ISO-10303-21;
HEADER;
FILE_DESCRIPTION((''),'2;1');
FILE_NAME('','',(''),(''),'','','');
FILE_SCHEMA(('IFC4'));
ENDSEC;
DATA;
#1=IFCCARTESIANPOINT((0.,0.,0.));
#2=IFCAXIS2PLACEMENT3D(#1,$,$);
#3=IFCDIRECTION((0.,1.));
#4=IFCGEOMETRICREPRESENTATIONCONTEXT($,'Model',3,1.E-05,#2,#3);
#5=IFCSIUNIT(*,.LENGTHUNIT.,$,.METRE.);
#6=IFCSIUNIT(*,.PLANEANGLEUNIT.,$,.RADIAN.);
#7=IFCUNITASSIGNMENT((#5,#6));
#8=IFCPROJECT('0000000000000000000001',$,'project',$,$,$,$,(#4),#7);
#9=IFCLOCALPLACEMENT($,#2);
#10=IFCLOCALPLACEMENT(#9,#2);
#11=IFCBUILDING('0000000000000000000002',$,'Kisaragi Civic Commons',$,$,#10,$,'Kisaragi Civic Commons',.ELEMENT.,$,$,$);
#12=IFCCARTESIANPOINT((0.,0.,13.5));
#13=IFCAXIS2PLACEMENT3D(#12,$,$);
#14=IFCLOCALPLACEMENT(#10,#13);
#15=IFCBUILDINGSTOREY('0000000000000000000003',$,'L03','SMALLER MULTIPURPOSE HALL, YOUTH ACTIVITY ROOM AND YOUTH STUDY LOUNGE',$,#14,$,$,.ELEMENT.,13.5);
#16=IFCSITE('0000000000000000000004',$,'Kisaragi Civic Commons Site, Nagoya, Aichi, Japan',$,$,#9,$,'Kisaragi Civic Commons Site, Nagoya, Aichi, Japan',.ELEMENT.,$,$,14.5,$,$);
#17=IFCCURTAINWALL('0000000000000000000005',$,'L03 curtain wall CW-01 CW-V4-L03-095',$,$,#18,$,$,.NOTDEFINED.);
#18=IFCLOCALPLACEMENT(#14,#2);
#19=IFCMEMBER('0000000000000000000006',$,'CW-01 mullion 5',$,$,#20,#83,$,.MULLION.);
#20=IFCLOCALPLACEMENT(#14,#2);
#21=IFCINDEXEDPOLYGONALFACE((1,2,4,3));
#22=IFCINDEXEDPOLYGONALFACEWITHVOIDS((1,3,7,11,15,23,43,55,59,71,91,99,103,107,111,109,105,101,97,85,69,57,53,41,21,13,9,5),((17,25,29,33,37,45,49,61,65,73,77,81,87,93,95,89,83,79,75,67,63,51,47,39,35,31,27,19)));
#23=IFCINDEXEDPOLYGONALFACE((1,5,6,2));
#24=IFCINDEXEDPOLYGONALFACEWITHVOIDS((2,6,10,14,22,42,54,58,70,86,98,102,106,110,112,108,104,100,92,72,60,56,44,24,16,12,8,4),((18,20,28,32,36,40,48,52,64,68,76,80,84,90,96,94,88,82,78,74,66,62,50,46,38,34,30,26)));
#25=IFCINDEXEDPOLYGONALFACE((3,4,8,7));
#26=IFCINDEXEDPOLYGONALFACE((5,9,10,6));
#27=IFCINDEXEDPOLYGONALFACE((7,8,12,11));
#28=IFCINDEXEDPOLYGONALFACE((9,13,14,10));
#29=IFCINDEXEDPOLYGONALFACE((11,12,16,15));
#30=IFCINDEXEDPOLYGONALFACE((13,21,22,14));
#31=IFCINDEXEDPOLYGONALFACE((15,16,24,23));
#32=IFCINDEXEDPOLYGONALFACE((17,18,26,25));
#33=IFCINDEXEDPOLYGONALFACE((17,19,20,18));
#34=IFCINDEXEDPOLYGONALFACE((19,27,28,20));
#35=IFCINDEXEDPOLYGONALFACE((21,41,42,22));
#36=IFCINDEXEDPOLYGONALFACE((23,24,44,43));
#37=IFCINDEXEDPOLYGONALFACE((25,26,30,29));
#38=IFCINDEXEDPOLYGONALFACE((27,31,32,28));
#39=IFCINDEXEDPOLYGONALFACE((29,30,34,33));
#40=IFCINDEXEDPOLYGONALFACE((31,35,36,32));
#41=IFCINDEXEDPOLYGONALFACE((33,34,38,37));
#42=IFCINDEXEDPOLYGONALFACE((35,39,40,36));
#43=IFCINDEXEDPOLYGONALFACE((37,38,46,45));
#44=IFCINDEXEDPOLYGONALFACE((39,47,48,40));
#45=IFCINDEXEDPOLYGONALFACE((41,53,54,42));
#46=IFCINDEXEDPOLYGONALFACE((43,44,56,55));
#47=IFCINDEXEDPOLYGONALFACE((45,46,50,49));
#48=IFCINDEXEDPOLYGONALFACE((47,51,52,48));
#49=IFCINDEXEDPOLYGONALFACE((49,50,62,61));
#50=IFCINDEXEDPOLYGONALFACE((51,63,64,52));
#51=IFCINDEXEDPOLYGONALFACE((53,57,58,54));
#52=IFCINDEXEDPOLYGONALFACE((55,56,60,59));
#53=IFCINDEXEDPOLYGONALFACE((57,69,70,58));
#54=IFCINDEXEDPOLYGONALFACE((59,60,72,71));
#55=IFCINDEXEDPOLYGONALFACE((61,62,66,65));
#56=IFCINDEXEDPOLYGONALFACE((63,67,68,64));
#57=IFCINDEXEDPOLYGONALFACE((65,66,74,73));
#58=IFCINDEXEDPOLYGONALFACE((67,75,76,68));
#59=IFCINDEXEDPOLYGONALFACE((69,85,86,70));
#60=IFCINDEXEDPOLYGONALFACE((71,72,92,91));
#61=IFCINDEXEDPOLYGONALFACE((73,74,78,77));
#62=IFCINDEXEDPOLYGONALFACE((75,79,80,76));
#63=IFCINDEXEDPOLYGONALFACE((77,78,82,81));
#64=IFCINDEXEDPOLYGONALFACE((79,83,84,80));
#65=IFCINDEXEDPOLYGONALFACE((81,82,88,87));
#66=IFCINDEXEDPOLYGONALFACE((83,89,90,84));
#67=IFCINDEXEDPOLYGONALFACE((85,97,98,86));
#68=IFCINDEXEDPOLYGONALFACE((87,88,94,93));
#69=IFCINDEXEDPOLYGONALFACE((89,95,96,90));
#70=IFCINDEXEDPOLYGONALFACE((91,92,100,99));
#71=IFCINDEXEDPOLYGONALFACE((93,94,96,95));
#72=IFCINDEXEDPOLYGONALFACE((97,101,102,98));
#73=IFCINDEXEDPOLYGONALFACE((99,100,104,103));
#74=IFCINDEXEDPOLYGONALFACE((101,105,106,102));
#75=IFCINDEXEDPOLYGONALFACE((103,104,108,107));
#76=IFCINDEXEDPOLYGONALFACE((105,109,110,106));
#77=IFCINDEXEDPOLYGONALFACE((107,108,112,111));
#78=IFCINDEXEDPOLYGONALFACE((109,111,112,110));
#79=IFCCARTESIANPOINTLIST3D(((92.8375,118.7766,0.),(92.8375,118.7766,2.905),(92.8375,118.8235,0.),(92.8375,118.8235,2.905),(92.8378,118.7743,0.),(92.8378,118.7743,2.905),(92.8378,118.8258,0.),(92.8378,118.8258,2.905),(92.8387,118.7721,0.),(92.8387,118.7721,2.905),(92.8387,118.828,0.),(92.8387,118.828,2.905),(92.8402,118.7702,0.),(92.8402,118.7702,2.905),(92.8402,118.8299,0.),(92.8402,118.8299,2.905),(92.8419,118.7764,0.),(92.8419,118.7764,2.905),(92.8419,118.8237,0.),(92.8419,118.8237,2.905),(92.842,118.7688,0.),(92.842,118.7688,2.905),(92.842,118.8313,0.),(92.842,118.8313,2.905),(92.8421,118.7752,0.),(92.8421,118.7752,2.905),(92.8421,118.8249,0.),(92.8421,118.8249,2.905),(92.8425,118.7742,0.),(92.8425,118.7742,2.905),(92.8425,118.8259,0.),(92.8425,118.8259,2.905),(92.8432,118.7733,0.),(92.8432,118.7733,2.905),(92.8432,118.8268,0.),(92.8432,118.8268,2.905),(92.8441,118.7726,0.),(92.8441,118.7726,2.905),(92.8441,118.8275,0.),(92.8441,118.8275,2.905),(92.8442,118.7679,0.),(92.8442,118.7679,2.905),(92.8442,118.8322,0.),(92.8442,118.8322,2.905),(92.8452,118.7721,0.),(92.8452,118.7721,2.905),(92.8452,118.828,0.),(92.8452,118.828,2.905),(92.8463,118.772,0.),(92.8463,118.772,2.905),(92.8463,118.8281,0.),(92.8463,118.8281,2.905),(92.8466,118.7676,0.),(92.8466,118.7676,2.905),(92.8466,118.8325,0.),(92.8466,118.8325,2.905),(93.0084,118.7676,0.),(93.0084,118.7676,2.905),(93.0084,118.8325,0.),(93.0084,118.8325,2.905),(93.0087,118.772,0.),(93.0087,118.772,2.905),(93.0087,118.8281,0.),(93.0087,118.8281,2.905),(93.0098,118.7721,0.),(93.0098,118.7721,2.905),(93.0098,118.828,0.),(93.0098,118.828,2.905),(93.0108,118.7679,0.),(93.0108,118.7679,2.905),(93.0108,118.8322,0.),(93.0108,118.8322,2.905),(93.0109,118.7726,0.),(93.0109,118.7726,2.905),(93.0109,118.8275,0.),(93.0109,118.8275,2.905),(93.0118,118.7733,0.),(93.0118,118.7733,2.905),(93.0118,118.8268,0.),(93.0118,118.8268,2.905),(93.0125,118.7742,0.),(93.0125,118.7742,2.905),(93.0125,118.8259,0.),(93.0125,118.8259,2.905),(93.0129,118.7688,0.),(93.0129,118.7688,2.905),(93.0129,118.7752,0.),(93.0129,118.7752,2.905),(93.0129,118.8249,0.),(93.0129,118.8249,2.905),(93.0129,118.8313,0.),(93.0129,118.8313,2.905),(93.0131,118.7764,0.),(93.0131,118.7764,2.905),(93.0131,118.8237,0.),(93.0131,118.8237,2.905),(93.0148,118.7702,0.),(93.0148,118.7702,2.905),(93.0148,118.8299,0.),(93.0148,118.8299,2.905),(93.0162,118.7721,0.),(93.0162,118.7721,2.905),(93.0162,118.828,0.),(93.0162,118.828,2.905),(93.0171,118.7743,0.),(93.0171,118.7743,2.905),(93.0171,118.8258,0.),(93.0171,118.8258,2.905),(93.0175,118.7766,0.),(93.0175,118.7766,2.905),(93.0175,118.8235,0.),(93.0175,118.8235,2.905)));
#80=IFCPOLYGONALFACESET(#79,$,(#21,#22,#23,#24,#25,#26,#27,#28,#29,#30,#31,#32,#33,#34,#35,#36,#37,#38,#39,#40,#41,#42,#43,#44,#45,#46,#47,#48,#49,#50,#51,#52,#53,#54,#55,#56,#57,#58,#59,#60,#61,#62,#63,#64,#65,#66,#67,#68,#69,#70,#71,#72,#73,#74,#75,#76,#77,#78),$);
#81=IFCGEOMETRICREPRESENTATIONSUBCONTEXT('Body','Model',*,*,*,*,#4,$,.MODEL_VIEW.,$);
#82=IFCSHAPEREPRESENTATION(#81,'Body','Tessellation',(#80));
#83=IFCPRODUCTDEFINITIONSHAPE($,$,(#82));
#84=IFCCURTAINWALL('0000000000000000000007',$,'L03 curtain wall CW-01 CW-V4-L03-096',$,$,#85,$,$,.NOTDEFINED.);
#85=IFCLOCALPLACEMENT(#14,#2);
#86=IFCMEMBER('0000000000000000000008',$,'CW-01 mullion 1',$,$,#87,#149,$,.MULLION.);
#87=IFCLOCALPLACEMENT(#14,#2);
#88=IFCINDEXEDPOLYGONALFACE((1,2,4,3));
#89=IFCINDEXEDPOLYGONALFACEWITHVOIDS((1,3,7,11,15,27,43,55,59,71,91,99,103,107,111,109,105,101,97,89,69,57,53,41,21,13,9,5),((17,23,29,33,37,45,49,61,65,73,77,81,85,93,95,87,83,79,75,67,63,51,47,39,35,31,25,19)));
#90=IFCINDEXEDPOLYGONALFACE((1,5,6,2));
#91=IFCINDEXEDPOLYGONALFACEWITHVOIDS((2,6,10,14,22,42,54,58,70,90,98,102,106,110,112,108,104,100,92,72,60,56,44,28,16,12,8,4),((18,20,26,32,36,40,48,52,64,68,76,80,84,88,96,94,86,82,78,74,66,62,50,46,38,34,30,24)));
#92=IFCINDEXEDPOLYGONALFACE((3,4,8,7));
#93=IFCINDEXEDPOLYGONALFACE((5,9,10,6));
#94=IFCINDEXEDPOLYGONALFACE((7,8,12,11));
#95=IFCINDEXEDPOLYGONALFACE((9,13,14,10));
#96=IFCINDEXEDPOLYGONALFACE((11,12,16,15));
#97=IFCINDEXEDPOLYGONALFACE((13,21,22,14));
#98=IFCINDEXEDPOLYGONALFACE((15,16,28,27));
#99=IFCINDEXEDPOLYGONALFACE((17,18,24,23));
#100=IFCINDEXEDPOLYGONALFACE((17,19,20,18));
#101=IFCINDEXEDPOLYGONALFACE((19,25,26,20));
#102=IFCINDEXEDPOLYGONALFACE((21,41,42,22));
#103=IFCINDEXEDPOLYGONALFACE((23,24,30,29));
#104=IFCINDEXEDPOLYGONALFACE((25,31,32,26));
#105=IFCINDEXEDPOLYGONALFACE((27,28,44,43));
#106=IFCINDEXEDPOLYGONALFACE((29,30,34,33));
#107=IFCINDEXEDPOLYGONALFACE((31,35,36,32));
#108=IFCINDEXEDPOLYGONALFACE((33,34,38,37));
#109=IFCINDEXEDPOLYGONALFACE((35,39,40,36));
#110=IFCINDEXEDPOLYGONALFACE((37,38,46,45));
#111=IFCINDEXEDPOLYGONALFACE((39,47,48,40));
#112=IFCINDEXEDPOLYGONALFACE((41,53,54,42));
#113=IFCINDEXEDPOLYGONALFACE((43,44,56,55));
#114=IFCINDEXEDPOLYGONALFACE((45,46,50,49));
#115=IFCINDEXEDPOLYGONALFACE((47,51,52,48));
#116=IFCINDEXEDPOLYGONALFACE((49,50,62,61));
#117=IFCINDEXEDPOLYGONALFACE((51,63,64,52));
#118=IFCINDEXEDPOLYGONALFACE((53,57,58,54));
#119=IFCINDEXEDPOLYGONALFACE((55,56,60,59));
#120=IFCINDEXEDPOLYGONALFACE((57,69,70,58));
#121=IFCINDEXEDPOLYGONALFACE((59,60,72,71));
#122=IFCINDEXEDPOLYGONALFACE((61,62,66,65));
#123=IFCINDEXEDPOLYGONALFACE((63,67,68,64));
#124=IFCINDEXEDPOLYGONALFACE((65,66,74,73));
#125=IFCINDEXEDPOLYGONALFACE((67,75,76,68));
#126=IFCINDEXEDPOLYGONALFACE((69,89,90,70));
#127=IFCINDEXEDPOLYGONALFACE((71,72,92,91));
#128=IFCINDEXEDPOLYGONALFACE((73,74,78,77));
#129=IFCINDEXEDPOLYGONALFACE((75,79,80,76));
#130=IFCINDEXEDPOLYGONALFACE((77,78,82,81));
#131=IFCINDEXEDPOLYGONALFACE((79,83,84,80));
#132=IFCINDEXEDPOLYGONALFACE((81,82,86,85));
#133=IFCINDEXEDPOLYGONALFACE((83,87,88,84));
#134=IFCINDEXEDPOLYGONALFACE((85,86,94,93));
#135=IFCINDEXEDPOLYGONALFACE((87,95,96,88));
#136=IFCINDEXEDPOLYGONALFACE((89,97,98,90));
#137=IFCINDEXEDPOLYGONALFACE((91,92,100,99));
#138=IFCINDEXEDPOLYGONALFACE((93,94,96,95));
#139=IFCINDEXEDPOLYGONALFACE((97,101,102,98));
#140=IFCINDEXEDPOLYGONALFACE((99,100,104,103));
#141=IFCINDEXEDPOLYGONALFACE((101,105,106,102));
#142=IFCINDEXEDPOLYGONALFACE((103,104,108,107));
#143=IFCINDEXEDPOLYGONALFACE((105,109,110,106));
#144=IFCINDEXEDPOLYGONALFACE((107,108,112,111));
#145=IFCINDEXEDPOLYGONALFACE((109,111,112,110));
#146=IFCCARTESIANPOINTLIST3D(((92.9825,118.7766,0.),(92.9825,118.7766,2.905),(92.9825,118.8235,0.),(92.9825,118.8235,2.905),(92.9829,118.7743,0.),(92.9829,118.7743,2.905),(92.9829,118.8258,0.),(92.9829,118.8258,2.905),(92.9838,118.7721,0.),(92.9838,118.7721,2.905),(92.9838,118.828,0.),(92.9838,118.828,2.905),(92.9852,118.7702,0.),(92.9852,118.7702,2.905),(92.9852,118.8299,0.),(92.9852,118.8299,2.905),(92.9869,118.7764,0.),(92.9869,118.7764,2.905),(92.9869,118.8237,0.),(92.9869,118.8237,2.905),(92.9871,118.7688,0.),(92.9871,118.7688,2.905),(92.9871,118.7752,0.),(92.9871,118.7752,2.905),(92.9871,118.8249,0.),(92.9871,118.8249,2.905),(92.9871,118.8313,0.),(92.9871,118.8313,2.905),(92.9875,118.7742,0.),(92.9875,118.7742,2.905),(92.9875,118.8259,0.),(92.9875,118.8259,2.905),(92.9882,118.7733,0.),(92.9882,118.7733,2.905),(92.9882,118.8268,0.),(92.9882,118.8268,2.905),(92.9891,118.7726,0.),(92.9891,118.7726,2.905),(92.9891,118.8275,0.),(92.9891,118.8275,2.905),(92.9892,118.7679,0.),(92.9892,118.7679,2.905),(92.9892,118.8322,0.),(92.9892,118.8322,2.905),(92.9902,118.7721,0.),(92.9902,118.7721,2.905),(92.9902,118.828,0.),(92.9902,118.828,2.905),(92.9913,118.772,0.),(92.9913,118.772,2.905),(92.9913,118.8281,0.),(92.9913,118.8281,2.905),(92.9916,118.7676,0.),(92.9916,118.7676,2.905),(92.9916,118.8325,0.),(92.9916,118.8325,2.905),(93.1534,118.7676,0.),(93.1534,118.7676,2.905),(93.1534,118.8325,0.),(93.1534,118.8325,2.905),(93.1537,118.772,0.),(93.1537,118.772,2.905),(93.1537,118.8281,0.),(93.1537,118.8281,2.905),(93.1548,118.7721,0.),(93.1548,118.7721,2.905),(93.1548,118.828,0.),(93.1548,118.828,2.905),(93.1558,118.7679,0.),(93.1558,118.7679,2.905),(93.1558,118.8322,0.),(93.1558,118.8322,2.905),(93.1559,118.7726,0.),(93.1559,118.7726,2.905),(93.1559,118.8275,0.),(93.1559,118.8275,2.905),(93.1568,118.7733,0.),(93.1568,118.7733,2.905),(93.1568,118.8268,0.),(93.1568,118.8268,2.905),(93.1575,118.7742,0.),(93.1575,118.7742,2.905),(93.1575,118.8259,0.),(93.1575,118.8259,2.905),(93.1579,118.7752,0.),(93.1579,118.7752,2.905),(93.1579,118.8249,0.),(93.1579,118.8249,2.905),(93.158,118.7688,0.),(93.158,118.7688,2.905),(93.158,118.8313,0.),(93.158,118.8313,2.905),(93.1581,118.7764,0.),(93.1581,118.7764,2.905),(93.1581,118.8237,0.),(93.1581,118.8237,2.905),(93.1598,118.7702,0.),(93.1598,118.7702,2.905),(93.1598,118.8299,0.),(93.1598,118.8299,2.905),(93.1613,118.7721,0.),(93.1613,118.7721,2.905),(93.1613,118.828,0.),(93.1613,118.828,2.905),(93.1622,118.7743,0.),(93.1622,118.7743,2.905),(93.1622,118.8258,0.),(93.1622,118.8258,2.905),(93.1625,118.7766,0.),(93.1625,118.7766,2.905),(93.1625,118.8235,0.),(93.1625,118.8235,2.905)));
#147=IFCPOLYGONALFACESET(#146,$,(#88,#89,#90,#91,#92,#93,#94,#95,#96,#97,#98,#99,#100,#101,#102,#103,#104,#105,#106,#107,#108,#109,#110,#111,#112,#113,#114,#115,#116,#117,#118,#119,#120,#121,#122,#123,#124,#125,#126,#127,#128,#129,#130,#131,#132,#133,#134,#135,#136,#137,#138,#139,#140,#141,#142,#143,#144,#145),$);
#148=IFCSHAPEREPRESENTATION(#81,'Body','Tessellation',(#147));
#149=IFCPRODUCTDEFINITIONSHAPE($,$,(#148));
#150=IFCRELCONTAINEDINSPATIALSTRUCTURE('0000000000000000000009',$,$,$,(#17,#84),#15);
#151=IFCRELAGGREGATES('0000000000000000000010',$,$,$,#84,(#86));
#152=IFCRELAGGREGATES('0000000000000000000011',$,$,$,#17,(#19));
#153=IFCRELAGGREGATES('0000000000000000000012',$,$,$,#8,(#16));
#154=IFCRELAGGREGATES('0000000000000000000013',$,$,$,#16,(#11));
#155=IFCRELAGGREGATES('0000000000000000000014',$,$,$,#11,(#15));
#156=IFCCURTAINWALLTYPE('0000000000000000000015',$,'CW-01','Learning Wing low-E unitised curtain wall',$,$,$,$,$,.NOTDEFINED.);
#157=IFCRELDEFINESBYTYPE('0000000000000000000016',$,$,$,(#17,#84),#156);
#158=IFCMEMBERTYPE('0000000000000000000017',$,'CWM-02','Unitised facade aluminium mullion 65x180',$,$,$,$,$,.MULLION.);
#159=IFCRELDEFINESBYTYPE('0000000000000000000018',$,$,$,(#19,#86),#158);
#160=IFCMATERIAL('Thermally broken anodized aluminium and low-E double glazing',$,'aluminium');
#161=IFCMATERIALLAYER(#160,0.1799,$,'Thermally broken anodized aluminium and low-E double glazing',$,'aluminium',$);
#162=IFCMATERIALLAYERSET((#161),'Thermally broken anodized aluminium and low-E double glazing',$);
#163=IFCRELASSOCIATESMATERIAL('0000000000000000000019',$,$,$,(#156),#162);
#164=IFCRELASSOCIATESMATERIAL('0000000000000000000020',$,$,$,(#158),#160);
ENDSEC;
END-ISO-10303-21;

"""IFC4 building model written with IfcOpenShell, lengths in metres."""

from ifc_helpers import new_model, si_unit, direction, frame, origin, origin_2d, place, context, subcontext, project, spatial, hollow_rectangle, extrude, material, layer, layer_set, material_profile, profile_set, type_object, element, aggregate, save


model = new_model("IFC4")

# Units and contexts
model_context = context("Model", 3, precision=1e-05, world=origin(), true_north=direction((0.0, 1.0)))
body_context = subcontext(model_context, "Body", "Model", "MODEL_VIEW")
ifc_project = project(units=[si_unit("LENGTHUNIT", "METRE"), si_unit("PLANEANGLEUNIT", "RADIAN")], contexts=[model_context])

# Site, building, storey
site_placement = place(None, origin())
site = spatial("IfcSite", under=ifc_project, at=site_placement, Name="Kisaragi Civic Commons Site, Nagoya, Aichi, Japan", LongName="Kisaragi Civic Commons Site, Nagoya, Aichi, Japan", CompositionType="ELEMENT", RefElevation=14.5)
building_placement = place(site_placement, origin())
building = spatial("IfcBuilding", under=site, at=building_placement, Name="Kisaragi Civic Commons", LongName="Kisaragi Civic Commons", CompositionType="ELEMENT")
storey_placement = place(building_placement, frame((0.0, 0.0, 13.5)))
storey = spatial("IfcBuildingStorey", under=building, at=storey_placement, Name="L03", Description="SMALLER MULTIPURPOSE HALL, YOUTH ACTIVITY ROOM AND YOUTH STUDY LOUNGE", CompositionType="ELEMENT", Elevation=13.5)

# Curtain wall, member
ifc_material_1 = material(Name="Thermally broken anodized aluminium and low-E double glazing", Category="aluminium")
ifc_layer_1 = layer(ifc_material_1, 0.1799, Name="Thermally broken anodized aluminium and low-E double glazing", Category="aluminium")
ifc_layer_set_1 = layer_set([ifc_layer_1], Name="Thermally broken anodized aluminium and low-E double glazing")
curtain_wall_type = type_object("IfcCurtainWallType", Name="CW-01", Description="Learning Wing low-E unitised curtain wall", PredefinedType="NOTDEFINED", material=ifc_layer_set_1)
curtain_wall_1_placement = place(storey_placement, origin())
curtain_wall_1 = element("IfcCurtainWall", 1, at=curtain_wall_1_placement, inside=storey, type_object=curtain_wall_type, Name="L03 curtain wall CW-01 CW-V4-L03-095", PredefinedType="NOTDEFINED")
ifc_material_profile_1 = material_profile(ifc_material_1, hollow_rectangle(XDim=0.0649, YDim=0.1799, WallThickness=0.0044, InnerFilletRadius=0.0044, OuterFilletRadius=0.009, at=origin_2d()), Name="CWM-65x180x4.5", Category="aluminium")
ifc_profile_set_1 = profile_set([ifc_material_profile_1], Name="Thermally broken anodized aluminium and low-E double glazing")
member_type_1 = type_object("IfcMemberType", Name="CWM-02", Description="Unitised facade aluminium mullion 65x180", PredefinedType="MULLION", material=ifc_profile_set_1)
member_1_placement = place(storey_placement, frame((92.9275, 118.8, 0.0), z_axis=(0.0, 0.0, 1.0), x_axis=(0.0, 1.0, 0.0)))
member_1 = element("IfcMember", 2, at=member_1_placement, type_object=member_type_1, Name="CW-01 mullion 5", PredefinedType="MULLION", context=body_context, shape_type="SweptSolid", body=[
    extrude(hollow_rectangle(XDim=0.0649, YDim=0.1799, WallThickness=0.0044, InnerFilletRadius=0.0044, OuterFilletRadius=0.009, at=origin_2d()), origin(), (0.0, 0.0, 1.0), 2.905),
])

# Curtain wall, member
curtain_wall_2_placement = place(storey_placement, origin())
curtain_wall_2 = element("IfcCurtainWall", 3, at=curtain_wall_2_placement, inside=storey, type_object=curtain_wall_type, Name="L03 curtain wall CW-01 CW-V4-L03-096", PredefinedType="NOTDEFINED")
member_2_placement = place(storey_placement, frame((93.0725, 118.8, 0.0), z_axis=(0.0, 0.0, 1.0), x_axis=(0.0, 1.0, 0.0)))
member_2 = element("IfcMember", 4, at=member_2_placement, type_object=member_type_1, Name="CW-01 mullion 1", PredefinedType="MULLION", context=body_context, shape_type="SweptSolid", body=[
    extrude(hollow_rectangle(XDim=0.0649, YDim=0.1799, WallThickness=0.0044, InnerFilletRadius=0.0044, OuterFilletRadius=0.009, at=origin_2d()), origin(), (0.0, 0.0, 1.0), 2.905),
])

aggregate(curtain_wall_2, [member_2])

aggregate(curtain_wall_1, [member_1])

save(model, "model.ifc")
